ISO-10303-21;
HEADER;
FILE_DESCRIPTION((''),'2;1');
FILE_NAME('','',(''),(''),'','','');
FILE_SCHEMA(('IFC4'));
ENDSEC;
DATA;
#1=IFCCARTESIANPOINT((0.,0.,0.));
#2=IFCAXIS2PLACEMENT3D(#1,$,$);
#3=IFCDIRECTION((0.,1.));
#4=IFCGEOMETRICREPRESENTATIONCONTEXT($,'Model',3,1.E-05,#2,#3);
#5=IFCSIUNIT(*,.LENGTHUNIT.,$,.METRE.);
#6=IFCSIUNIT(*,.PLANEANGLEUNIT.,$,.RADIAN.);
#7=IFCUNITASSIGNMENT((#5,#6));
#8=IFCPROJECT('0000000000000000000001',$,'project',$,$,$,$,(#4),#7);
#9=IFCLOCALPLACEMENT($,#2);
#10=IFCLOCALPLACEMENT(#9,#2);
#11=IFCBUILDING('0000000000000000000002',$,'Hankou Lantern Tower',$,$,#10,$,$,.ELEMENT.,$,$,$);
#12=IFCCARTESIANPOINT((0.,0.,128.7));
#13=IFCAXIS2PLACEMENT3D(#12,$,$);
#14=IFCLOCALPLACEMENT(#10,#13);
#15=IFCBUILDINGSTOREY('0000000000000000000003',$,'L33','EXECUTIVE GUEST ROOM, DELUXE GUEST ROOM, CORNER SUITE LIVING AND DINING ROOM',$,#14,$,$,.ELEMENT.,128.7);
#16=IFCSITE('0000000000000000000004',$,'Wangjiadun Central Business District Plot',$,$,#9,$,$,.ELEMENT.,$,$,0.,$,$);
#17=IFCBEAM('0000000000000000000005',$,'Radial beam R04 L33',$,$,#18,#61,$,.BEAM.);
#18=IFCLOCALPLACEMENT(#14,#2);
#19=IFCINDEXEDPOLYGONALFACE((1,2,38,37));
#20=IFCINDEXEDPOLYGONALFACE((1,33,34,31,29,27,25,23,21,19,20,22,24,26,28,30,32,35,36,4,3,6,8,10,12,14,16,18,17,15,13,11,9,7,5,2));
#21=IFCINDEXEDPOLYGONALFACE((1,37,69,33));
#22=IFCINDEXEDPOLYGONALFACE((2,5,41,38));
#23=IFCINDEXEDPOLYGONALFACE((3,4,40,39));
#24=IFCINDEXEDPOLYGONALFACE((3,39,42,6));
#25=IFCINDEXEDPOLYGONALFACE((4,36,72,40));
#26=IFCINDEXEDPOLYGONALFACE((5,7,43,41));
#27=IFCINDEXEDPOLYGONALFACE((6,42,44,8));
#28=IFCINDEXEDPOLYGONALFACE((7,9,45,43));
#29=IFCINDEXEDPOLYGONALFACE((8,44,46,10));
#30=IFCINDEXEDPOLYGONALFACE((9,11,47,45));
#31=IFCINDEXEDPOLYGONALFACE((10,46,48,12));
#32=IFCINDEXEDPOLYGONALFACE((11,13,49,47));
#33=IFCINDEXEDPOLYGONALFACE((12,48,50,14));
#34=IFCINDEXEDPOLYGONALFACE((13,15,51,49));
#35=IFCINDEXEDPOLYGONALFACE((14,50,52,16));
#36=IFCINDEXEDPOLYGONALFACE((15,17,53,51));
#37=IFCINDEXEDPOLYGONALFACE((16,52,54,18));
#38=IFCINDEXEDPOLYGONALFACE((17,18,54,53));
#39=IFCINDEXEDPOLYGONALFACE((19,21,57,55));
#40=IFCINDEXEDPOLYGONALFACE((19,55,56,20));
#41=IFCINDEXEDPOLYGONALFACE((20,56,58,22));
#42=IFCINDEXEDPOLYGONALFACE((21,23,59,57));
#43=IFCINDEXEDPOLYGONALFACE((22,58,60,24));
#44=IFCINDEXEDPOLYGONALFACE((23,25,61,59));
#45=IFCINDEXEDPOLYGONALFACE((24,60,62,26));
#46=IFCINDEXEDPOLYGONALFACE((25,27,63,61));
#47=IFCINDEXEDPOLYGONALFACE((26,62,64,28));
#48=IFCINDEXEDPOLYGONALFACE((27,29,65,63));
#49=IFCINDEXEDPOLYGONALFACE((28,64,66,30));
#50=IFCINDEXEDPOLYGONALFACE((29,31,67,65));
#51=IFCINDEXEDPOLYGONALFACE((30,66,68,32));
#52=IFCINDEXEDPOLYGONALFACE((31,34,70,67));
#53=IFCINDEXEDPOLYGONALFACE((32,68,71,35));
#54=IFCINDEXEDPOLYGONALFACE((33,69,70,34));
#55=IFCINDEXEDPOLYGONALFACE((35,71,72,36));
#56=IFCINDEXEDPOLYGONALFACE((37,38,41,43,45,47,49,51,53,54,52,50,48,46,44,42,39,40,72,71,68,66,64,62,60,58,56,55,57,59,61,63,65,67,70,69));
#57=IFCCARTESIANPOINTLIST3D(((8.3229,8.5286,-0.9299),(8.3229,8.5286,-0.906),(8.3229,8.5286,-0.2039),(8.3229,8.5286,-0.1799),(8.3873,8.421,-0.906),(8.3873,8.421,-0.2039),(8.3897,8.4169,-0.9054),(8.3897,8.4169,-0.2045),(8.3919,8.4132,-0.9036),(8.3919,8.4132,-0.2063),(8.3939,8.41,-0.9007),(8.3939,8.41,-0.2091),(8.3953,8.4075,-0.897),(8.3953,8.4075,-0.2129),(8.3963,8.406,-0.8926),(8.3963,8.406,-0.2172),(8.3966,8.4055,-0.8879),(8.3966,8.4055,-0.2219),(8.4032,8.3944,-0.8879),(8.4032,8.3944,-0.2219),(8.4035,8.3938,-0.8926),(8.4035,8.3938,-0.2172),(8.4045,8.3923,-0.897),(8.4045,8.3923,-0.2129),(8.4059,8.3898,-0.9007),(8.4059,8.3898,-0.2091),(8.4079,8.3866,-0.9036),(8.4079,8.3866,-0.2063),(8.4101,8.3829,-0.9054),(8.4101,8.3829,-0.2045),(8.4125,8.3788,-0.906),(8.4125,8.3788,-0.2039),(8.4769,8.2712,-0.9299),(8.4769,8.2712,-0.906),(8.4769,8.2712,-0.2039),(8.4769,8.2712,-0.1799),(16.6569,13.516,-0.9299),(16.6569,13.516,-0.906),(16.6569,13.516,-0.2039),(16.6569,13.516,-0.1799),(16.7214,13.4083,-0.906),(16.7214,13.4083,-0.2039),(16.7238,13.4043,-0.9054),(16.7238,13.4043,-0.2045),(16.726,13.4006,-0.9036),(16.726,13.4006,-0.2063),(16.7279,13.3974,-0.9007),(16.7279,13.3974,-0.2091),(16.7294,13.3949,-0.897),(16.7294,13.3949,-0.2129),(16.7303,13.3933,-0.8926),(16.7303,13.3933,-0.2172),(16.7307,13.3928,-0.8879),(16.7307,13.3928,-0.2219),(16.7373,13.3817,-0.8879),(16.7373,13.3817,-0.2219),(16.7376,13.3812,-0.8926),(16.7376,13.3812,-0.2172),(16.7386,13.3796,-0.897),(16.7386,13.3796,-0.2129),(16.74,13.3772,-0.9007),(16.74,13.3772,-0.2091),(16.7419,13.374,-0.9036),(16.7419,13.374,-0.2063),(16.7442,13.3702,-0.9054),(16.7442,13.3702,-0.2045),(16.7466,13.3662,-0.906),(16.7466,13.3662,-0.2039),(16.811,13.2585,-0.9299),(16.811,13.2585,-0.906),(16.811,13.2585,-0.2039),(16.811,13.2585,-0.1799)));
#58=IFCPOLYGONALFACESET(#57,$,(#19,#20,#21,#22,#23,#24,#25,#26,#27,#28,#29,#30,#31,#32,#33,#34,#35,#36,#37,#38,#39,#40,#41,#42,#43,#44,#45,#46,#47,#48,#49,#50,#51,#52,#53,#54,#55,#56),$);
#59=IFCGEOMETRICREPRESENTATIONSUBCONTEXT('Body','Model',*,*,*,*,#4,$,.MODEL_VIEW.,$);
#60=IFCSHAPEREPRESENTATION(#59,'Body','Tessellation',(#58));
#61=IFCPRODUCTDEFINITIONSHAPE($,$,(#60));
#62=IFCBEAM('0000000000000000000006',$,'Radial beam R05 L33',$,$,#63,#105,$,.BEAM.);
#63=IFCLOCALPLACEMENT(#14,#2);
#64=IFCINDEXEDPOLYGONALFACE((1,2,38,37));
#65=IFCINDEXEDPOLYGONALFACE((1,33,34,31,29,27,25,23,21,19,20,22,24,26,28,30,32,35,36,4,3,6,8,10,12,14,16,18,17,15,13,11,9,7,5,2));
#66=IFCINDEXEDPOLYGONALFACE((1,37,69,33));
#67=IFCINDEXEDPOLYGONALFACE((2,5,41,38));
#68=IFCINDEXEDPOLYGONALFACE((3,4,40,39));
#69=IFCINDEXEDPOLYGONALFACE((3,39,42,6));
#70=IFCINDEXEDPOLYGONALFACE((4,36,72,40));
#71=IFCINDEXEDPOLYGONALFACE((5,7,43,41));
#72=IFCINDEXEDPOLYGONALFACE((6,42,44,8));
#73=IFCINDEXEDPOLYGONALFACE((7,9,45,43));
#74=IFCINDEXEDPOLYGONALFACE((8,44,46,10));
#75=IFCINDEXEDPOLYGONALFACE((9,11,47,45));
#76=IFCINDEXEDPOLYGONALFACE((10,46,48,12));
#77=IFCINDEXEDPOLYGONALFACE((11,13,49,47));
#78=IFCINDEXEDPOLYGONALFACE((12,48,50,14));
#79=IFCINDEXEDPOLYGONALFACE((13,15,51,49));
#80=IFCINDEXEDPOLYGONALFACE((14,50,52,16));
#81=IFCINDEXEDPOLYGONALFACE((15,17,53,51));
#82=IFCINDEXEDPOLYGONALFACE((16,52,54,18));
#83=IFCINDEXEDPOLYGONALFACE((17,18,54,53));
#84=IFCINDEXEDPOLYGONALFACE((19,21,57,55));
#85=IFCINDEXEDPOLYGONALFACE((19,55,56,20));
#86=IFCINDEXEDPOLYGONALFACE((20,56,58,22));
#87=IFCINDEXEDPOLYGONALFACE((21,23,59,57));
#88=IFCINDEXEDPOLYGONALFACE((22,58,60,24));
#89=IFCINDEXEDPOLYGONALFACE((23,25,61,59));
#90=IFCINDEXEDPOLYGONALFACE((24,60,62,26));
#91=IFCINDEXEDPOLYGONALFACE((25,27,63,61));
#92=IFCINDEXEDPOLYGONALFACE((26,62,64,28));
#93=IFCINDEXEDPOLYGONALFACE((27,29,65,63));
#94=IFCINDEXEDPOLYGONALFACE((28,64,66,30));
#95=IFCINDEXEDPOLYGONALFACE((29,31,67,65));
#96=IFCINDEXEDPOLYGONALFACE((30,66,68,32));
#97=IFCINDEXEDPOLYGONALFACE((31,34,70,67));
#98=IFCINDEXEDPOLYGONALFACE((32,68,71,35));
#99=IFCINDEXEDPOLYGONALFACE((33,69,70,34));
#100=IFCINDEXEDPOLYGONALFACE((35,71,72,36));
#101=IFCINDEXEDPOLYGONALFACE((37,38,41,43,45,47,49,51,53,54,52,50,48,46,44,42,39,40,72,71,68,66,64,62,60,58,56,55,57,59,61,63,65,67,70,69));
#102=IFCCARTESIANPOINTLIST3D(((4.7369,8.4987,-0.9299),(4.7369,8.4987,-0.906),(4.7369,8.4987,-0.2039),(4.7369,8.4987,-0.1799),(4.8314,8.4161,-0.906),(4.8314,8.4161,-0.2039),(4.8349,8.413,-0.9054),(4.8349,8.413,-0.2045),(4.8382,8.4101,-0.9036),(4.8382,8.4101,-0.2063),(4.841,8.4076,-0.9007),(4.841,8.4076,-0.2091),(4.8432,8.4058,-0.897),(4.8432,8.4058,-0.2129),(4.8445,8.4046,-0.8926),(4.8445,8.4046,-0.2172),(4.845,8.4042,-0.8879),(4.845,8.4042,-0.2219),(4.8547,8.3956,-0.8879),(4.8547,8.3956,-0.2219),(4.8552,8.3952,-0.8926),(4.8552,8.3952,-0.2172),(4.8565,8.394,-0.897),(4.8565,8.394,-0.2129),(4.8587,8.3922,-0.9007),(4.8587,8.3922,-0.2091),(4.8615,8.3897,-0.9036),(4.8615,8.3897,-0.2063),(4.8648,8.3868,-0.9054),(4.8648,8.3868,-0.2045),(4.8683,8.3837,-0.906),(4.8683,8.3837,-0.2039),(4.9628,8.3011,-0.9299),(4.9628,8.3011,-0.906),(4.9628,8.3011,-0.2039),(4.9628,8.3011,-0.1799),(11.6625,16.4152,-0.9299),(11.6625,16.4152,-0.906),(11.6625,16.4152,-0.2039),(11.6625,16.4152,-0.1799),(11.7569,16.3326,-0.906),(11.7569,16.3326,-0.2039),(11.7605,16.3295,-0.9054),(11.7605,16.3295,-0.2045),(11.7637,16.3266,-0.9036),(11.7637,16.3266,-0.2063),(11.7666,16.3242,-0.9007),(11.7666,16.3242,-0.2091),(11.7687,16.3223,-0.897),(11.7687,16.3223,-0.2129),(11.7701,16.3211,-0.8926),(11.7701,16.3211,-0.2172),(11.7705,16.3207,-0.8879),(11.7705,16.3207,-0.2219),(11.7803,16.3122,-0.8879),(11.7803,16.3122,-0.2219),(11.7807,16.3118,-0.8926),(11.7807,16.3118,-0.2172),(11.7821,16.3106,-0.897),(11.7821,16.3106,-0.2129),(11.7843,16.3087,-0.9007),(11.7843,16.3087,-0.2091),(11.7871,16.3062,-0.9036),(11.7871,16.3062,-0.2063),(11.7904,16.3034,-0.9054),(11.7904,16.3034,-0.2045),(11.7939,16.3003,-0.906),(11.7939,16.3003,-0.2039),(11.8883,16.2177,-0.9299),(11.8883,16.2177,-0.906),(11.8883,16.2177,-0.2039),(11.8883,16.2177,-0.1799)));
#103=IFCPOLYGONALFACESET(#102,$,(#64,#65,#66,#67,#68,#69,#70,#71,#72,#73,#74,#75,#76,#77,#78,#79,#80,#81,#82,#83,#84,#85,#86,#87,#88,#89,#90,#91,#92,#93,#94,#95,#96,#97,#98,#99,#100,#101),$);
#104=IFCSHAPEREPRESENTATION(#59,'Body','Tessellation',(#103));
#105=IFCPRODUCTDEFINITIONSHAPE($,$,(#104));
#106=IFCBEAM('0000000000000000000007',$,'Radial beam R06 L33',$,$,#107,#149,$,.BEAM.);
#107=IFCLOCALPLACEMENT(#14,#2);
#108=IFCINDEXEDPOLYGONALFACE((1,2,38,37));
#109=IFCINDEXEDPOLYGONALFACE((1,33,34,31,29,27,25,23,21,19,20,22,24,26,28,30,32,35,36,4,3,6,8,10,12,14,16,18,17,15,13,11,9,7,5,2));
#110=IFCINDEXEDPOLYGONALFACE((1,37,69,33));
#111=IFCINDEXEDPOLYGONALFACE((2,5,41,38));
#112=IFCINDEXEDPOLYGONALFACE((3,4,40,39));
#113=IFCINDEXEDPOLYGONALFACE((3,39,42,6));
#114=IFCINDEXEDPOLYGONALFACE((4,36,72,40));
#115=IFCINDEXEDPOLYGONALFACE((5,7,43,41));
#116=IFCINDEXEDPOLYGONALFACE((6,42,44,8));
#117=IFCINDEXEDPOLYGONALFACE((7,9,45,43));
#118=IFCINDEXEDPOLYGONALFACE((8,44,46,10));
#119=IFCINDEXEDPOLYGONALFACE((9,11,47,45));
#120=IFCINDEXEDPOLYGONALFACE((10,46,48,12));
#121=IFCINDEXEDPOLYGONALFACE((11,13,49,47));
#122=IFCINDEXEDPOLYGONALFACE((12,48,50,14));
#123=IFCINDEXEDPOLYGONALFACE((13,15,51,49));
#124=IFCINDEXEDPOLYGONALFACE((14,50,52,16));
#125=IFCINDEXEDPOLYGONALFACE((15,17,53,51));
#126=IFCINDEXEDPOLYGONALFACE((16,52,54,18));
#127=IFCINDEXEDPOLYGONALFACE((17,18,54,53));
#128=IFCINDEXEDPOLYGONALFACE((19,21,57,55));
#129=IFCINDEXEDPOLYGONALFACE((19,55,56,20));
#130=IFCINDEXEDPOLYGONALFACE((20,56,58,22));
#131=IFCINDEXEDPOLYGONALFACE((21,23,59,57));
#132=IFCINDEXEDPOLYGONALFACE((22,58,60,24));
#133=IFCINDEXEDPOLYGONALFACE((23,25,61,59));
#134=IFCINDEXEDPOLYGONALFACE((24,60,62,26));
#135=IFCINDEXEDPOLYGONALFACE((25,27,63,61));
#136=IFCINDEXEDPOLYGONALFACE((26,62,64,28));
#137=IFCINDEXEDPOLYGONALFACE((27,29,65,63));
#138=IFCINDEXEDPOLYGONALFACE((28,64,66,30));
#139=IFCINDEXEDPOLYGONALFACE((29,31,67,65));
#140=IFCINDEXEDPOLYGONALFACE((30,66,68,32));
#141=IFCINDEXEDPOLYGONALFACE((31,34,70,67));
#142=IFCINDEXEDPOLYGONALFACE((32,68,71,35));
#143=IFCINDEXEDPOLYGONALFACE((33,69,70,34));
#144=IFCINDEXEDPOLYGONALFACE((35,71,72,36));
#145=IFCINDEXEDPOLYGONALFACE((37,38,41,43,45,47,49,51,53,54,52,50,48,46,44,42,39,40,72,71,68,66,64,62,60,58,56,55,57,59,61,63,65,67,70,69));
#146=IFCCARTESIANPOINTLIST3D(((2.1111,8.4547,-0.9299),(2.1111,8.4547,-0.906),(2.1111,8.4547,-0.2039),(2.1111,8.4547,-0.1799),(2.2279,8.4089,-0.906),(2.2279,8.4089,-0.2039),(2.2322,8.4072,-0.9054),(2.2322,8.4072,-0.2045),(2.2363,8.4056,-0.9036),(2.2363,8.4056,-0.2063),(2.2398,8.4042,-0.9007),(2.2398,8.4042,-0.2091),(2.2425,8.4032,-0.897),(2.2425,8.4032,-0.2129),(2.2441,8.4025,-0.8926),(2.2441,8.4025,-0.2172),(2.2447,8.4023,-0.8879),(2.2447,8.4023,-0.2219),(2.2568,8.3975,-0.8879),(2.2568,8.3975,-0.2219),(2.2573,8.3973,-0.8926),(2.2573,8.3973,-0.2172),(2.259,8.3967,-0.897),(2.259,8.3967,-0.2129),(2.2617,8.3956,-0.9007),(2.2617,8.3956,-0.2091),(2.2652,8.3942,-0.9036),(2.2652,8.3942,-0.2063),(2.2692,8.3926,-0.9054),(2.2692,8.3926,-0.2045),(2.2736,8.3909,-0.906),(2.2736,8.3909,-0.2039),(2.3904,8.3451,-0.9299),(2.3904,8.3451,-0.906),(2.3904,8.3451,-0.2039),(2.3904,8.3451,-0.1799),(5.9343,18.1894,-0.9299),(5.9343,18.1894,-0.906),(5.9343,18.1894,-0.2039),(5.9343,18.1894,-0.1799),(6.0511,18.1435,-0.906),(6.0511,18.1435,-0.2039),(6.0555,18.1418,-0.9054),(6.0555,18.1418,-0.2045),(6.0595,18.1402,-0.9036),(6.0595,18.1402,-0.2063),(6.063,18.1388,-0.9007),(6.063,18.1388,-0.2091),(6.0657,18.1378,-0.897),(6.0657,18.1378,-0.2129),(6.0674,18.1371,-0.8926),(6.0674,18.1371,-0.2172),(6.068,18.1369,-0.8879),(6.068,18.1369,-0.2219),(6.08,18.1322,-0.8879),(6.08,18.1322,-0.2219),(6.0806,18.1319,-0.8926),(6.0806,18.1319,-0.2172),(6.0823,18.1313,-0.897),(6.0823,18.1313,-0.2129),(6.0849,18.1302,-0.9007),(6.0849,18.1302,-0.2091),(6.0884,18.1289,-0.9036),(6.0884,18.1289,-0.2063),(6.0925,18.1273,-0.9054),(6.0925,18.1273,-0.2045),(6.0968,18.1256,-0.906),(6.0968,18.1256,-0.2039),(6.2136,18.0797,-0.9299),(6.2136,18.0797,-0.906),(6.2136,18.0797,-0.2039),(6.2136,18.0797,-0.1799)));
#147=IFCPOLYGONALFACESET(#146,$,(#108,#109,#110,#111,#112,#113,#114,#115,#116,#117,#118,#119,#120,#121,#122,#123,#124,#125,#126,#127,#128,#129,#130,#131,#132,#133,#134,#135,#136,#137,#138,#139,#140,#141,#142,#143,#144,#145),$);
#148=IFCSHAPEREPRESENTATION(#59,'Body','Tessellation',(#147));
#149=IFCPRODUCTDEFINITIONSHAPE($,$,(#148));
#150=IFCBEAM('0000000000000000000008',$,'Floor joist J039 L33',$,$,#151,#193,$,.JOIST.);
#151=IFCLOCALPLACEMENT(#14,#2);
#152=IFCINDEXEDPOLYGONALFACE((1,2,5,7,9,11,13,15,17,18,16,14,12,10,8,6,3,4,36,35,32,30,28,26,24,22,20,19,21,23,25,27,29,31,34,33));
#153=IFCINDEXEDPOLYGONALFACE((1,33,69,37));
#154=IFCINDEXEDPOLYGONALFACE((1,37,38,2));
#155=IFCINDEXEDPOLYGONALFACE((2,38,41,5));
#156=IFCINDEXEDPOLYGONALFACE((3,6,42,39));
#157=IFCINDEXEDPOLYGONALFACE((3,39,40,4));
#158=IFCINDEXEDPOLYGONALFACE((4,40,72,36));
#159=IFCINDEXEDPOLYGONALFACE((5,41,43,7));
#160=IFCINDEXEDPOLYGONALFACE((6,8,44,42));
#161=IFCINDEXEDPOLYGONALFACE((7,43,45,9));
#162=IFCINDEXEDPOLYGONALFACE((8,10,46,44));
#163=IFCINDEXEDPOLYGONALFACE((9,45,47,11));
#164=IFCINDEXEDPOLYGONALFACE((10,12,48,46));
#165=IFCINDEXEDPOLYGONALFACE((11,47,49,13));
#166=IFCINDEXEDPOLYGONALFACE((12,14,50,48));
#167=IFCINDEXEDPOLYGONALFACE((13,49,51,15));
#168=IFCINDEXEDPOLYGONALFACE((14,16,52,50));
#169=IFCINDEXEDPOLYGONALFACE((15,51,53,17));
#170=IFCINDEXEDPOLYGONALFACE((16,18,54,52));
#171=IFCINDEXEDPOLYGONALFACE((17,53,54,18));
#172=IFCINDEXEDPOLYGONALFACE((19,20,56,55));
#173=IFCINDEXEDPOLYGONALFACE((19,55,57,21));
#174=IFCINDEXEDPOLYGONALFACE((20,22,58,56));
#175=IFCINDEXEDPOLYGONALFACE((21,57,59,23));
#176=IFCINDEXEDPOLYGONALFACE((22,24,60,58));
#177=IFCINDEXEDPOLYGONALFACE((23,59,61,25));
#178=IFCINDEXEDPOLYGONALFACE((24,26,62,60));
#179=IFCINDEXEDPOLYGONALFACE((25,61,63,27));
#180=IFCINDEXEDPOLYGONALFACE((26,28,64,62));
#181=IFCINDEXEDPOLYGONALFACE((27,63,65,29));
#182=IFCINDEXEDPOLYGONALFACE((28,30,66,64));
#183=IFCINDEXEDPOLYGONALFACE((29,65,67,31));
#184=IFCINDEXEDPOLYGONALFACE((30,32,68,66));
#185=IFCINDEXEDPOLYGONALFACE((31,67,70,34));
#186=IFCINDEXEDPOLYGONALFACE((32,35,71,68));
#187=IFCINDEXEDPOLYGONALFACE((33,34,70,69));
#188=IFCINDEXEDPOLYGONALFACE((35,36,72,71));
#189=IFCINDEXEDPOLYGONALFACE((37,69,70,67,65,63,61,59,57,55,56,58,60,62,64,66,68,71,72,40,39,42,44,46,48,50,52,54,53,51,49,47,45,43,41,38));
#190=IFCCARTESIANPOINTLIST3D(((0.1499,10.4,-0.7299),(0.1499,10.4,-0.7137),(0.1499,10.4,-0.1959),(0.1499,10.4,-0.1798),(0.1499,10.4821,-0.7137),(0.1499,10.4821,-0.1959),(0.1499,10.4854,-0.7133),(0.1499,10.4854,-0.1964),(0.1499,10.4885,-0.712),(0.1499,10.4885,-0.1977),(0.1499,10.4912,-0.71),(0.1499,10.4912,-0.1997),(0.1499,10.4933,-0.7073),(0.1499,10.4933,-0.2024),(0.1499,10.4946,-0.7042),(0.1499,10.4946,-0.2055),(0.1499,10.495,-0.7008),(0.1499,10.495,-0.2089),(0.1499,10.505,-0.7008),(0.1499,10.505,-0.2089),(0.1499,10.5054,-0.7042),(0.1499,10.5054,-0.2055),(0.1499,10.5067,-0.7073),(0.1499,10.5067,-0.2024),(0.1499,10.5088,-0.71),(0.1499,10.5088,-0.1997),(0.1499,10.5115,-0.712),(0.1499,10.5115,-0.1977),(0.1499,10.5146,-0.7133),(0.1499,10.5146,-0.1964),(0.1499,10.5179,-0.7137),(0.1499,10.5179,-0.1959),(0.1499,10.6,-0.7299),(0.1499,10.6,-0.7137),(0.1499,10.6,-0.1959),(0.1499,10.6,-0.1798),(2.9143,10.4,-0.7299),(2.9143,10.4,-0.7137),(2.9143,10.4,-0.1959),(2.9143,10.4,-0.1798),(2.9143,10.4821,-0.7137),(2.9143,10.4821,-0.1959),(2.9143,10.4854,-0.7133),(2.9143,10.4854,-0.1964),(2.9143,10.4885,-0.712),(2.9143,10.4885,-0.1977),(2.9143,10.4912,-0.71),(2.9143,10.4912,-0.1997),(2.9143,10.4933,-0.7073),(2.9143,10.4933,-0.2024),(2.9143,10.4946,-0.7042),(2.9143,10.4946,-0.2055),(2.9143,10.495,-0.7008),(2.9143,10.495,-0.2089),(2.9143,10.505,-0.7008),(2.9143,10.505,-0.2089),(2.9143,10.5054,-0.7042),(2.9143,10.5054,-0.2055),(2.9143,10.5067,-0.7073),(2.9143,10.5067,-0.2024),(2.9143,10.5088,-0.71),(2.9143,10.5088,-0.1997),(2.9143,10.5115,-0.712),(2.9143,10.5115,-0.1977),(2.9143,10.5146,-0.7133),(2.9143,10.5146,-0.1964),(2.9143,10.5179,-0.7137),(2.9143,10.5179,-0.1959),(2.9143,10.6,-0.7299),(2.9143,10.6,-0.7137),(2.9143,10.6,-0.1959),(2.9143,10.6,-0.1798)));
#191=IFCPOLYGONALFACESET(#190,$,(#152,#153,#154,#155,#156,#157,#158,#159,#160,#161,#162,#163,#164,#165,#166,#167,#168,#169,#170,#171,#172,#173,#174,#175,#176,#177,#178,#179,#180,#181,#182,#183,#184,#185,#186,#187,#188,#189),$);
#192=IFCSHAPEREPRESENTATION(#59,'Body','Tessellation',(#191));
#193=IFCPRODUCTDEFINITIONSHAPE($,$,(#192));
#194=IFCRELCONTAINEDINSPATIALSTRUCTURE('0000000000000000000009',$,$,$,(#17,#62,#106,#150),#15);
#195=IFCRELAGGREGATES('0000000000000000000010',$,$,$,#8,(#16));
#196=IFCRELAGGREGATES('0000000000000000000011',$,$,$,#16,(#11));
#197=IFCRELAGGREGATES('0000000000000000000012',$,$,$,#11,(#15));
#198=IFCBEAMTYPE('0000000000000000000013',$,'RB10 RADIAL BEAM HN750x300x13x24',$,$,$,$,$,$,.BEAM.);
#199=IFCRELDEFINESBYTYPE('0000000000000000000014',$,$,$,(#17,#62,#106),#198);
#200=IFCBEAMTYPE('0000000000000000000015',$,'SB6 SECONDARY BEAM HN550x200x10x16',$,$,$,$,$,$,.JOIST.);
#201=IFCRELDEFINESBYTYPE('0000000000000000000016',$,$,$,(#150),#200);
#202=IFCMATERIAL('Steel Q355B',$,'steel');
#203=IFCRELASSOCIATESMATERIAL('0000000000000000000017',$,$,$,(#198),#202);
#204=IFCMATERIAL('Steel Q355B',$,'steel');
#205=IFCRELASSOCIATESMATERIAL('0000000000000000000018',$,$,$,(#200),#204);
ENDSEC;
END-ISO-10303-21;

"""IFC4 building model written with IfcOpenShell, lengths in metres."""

from ifc_helpers import new_model, si_unit, direction, frame, origin, origin_2d, place, context, subcontext, project, spatial, i_section, extrude, material, material_profile, profile_set, type_object, element, save


model = new_model("IFC4")

# Units and contexts
model_context = context("Model", 3, precision=1e-05, world=origin(), true_north=direction((0.0, 1.0)))
body_context = subcontext(model_context, "Body", "Model", "MODEL_VIEW")
ifc_project = project(units=[si_unit("LENGTHUNIT", "METRE"), si_unit("PLANEANGLEUNIT", "RADIAN")], contexts=[model_context])

# Site, building, storey
site_placement = place(None, origin())
site = spatial("IfcSite", under=ifc_project, at=site_placement, Name="Wangjiadun Central Business District Plot", CompositionType="ELEMENT", RefElevation=0.0)
building_placement = place(site_placement, origin())
building = spatial("IfcBuilding", under=site, at=building_placement, Name="Hankou Lantern Tower", CompositionType="ELEMENT")
storey_placement = place(building_placement, frame((0.0, 0.0, 128.7)))
storey = spatial("IfcBuildingStorey", under=building, at=storey_placement, Name="L33", Description="EXECUTIVE GUEST ROOM, DELUXE GUEST ROOM, CORNER SUITE LIVING AND DINING ROOM", CompositionType="ELEMENT", Elevation=128.7)

# Beams
ifc_material_1 = material(Name="Steel Q355B", Category="steel")
ifc_material_profile_1 = material_profile(ifc_material_1, i_section(OverallWidth=0.3, OverallDepth=0.75, WebThickness=0.0129, FlangeThickness=0.0239, FilletRadius=0.0181, at=origin_2d()), Name="HN750x300x13x24")
ifc_profile_set_1 = profile_set([ifc_material_profile_1], Name="Steel Q355B")
beam_type_1 = type_object("IfcBeamType", Name="RB10 RADIAL BEAM HN750x300x13x24", PredefinedType="BEAM", material=ifc_profile_set_1)
beam_1_placement = place(storey_placement, frame((8.3999, 8.3999, -0.5549), z_axis=(0.858087, 0.513505, 0.0), x_axis=(-0.513505, 0.858087, 0.0)))
element("IfcBeam", 1, at=beam_1_placement, inside=storey, type_object=beam_type_1, Name="Radial beam R04 L33", PredefinedType="BEAM", context=body_context, shape_type="SweptSolid", body=[
    extrude(i_section(OverallWidth=0.3, OverallDepth=0.75, WebThickness=0.0129, FlangeThickness=0.0239, FilletRadius=0.0181, at=origin_2d()), origin(), (0.0, 0.0, 1.0), 9.7124),
])
beam_2_placement = place(storey_placement, frame((4.8499, 8.3999, -0.5549), z_axis=(0.658429, 0.752643, 0.0), x_axis=(-0.752643, 0.658429, 0.0)))
element("IfcBeam", 2, at=beam_2_placement, inside=storey, type_object=beam_type_1, Name="Radial beam R05 L33", PredefinedType="BEAM", context=body_context, shape_type="SweptSolid", body=[
    extrude(i_section(OverallWidth=0.3, OverallDepth=0.75, WebThickness=0.0129, FlangeThickness=0.0239, FilletRadius=0.0181, at=origin_2d()), origin(), (0.0, 0.0, 1.0), 10.5183),
])
beam_3_placement = place(storey_placement, frame((2.2507, 8.3999, -0.5549), z_axis=(0.365564, 0.930786, 0.0), x_axis=(-0.930786, 0.365564, 0.0)))
element("IfcBeam", 3, at=beam_3_placement, inside=storey, type_object=beam_type_1, Name="Radial beam R06 L33", PredefinedType="BEAM", context=body_context, shape_type="SweptSolid", body=[
    extrude(i_section(OverallWidth=0.3, OverallDepth=0.75, WebThickness=0.0129, FlangeThickness=0.0239, FilletRadius=0.0181, at=origin_2d()), origin(), (0.0, 0.0, 1.0), 10.4585),
])
ifc_material_2 = material(Name="Steel Q355B", Category="steel")
ifc_material_profile_2 = material_profile(ifc_material_2, i_section(OverallWidth=0.2, OverallDepth=0.55, WebThickness=0.01, FlangeThickness=0.0161, FilletRadius=0.0129, at=origin_2d()), Name="HN550x200x10x16")
ifc_profile_set_2 = profile_set([ifc_material_profile_2], Name="Steel Q355B")
beam_type_2 = type_object("IfcBeamType", Name="SB6 SECONDARY BEAM HN550x200x10x16", PredefinedType="JOIST", material=ifc_profile_set_2)
beam_4_placement = place(storey_placement, frame((0.1499, 10.5, -0.4548), z_axis=(1.0, 0.0, 0.0), x_axis=(0.0, 1.0, 0.0)))
element("IfcBeam", 4, at=beam_4_placement, inside=storey, type_object=beam_type_2, Name="Floor joist J039 L33", PredefinedType="JOIST", context=body_context, shape_type="SweptSolid", body=[
    extrude(i_section(OverallWidth=0.2, OverallDepth=0.55, WebThickness=0.01, FlangeThickness=0.0161, FilletRadius=0.0129, at=origin_2d()), origin(), (0.0, 0.0, 1.0), 2.7644),
])

save(model, "model.ifc")
